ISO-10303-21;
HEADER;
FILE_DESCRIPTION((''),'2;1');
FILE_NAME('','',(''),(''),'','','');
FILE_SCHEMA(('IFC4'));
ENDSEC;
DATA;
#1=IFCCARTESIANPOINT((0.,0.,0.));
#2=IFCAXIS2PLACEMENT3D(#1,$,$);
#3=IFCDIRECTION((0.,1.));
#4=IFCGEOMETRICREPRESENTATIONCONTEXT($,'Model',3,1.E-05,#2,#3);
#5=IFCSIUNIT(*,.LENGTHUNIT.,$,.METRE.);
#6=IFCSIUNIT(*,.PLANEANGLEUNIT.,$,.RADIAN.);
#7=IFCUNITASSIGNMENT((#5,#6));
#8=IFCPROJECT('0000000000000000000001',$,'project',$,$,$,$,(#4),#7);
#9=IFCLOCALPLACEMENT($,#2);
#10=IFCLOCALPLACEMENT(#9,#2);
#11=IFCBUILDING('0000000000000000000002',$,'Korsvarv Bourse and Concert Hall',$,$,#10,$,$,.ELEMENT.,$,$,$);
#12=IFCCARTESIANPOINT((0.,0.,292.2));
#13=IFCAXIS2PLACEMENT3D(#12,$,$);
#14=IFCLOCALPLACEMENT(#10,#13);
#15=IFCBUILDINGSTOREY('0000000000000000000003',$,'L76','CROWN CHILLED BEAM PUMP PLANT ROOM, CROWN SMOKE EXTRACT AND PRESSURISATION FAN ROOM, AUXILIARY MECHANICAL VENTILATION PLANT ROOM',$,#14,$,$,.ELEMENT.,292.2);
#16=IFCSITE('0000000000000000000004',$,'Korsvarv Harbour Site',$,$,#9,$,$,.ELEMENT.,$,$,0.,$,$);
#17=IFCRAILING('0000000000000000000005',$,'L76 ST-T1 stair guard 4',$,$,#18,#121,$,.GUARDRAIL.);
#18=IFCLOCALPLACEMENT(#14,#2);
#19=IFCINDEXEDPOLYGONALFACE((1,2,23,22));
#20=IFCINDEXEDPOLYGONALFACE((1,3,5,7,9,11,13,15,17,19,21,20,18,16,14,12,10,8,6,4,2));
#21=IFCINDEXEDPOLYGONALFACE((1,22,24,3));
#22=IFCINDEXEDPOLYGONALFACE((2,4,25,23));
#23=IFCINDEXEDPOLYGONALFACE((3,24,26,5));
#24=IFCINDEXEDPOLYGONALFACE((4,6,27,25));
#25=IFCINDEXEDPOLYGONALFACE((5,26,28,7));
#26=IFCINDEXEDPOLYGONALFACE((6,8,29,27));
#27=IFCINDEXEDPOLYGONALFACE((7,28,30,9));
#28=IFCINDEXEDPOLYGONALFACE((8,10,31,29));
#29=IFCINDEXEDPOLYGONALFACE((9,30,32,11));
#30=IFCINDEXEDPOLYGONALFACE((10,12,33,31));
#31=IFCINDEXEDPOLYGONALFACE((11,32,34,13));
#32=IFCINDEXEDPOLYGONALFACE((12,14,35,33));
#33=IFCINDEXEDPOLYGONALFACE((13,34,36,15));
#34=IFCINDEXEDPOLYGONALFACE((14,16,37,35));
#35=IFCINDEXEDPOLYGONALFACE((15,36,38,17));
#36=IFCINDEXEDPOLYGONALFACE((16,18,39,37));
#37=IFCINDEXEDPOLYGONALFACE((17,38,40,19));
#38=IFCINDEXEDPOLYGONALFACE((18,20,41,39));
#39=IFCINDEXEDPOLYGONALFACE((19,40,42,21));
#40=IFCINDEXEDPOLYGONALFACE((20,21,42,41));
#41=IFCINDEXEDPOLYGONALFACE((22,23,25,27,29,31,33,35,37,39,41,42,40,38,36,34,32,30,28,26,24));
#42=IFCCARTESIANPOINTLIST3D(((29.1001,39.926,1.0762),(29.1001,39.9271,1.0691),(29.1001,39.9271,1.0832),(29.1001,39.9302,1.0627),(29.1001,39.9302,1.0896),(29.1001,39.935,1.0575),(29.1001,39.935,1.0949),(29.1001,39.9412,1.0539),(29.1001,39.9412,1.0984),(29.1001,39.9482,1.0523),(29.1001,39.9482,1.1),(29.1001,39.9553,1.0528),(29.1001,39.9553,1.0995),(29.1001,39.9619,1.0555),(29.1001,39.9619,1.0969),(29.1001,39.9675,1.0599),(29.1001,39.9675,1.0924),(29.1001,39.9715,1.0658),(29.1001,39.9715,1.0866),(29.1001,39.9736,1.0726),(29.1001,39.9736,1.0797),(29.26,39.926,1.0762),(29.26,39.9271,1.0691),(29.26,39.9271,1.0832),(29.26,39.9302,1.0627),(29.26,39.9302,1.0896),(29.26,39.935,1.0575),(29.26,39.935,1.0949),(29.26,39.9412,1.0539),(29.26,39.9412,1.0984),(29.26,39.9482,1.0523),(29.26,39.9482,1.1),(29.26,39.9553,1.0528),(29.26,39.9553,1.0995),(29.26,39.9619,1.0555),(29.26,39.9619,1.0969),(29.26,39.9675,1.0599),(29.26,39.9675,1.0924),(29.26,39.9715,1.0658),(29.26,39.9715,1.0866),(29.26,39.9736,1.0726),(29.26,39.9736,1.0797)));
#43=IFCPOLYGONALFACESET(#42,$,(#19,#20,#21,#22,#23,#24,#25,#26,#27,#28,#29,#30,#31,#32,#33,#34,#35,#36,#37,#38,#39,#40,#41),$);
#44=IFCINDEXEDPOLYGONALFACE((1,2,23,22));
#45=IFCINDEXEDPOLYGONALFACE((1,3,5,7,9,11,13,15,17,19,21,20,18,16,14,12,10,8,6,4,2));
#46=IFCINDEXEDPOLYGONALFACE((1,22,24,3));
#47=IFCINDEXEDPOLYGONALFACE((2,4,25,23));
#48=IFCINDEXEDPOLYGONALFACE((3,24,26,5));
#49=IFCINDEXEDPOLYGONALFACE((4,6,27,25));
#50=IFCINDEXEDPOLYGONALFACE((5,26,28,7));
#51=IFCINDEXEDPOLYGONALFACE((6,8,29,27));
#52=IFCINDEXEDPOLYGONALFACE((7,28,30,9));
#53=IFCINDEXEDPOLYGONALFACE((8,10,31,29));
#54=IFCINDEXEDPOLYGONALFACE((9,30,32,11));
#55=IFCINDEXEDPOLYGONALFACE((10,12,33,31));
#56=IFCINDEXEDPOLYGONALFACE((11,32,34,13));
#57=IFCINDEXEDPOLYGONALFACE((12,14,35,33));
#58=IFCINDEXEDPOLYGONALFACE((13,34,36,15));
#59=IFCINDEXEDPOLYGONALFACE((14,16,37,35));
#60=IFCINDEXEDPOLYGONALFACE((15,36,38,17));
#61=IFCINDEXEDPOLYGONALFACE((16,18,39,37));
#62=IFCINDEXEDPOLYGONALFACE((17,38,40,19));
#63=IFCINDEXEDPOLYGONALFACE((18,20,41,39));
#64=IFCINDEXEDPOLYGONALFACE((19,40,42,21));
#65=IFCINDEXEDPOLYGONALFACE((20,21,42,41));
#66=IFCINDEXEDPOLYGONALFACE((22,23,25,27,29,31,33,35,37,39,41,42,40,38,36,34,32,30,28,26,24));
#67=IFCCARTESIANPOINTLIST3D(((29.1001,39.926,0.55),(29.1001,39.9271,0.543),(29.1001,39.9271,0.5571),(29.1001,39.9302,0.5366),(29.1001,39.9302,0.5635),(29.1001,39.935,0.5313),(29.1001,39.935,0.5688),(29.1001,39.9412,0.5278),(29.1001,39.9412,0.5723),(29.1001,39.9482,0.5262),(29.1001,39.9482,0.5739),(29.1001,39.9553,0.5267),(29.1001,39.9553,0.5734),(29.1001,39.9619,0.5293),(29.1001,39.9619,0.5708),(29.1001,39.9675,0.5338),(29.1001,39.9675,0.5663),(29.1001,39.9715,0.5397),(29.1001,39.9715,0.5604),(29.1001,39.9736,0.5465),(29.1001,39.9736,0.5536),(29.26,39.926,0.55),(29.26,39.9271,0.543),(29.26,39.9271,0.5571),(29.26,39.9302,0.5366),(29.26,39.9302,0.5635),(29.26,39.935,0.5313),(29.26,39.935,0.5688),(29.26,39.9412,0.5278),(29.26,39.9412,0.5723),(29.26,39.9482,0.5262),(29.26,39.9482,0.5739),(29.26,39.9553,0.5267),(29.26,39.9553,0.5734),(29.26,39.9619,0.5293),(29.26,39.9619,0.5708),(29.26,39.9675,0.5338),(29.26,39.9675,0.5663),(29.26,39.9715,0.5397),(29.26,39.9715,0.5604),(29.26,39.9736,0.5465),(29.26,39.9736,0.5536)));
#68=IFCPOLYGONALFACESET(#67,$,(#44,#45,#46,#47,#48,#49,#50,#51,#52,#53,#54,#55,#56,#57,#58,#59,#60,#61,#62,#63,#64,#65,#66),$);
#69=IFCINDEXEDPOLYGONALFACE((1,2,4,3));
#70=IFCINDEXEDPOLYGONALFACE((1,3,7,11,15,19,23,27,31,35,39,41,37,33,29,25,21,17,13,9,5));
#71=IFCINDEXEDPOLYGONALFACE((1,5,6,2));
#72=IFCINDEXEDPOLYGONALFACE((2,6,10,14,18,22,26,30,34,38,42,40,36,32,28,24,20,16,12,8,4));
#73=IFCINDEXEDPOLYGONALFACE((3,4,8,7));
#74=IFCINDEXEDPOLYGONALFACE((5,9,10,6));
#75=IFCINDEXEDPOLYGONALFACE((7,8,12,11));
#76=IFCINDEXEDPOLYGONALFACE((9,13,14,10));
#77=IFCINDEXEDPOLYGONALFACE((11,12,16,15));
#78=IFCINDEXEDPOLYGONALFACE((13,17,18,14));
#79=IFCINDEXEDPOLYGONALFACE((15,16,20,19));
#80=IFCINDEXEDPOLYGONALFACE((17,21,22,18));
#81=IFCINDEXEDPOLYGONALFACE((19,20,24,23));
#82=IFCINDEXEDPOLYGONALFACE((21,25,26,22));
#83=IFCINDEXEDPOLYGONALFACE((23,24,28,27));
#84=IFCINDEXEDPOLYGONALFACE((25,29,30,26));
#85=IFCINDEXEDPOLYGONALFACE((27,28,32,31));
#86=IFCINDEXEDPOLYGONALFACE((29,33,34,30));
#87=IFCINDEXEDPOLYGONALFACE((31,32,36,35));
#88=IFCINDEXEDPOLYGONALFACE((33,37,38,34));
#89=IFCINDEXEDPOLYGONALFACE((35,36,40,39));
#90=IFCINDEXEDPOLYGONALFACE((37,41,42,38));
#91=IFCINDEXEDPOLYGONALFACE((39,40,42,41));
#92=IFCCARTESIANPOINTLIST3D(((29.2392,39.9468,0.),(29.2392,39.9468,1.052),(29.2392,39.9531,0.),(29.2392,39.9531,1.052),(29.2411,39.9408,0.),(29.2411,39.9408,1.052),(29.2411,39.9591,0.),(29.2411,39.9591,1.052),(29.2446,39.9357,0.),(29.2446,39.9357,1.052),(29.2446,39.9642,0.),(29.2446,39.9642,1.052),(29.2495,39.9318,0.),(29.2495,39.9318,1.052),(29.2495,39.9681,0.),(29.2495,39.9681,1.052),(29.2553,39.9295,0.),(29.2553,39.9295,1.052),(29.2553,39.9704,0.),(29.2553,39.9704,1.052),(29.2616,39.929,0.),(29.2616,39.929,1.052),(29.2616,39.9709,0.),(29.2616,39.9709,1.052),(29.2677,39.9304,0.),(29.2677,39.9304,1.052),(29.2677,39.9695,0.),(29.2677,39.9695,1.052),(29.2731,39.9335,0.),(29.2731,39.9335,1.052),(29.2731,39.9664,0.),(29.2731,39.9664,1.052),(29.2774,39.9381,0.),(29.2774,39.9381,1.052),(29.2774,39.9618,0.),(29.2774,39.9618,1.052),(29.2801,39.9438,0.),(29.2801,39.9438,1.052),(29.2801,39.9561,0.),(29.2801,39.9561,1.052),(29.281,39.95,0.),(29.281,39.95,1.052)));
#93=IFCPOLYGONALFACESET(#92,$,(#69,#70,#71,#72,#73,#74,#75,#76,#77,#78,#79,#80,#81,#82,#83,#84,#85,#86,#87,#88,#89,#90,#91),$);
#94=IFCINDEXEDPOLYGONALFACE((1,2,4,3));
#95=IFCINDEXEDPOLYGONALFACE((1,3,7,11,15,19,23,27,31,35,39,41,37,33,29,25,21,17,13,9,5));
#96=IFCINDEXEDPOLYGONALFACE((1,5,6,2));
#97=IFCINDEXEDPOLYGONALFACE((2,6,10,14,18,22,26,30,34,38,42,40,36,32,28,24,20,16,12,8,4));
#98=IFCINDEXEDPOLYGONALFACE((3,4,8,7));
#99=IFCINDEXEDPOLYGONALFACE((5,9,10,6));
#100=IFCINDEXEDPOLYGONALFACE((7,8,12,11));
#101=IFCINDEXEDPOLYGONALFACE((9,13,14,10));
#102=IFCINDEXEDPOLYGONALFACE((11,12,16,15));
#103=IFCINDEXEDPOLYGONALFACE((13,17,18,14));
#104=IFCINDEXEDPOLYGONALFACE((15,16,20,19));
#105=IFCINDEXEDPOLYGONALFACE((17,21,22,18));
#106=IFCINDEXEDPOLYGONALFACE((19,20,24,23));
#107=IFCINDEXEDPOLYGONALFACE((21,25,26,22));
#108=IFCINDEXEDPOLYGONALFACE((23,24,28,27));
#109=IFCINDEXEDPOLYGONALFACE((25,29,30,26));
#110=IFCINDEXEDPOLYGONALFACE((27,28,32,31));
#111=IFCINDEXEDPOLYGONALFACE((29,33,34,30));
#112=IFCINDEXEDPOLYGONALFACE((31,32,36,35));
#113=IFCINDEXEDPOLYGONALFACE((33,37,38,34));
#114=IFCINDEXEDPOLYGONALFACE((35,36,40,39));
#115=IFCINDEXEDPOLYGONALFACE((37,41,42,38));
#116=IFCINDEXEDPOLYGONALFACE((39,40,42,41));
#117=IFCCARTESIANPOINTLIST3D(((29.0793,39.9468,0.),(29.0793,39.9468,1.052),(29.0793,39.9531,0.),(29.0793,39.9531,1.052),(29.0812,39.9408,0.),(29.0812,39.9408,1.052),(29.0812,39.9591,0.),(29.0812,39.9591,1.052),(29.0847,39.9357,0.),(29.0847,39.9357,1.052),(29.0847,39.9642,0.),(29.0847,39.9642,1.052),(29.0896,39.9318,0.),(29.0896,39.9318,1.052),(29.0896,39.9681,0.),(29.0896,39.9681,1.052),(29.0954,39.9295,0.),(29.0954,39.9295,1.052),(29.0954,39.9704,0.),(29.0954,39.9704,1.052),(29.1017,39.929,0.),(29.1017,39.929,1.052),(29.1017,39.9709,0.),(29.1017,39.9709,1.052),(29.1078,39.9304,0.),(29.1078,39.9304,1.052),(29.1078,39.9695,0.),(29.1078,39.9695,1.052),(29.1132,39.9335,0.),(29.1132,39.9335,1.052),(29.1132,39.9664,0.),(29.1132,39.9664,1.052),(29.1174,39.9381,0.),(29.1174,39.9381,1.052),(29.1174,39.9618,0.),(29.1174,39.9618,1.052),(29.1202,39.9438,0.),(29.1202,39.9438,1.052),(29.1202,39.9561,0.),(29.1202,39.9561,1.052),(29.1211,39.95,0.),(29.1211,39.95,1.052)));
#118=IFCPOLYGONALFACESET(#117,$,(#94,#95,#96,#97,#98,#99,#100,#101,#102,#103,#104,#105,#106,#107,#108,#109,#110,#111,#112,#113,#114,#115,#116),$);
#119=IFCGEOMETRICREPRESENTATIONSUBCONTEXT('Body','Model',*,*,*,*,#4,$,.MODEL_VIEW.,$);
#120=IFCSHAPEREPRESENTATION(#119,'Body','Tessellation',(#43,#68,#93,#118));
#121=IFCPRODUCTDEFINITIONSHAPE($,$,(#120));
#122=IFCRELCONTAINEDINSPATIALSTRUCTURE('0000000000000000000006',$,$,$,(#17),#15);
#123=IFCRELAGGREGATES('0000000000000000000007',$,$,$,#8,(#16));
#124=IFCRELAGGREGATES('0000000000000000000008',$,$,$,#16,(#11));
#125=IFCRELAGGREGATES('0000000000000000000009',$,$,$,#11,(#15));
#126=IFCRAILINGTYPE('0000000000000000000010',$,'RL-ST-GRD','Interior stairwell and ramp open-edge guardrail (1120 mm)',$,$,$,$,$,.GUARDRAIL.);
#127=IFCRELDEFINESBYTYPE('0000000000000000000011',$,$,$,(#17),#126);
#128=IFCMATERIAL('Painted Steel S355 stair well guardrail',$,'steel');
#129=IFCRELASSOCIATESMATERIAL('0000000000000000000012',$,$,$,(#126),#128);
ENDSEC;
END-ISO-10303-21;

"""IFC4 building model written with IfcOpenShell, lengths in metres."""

from ifc_helpers import new_model, si_unit, direction, frame, origin, origin_2d, place, context, subcontext, project, spatial, circle, extrude, material, type_object, element, save


model = new_model("IFC4")

# Units and contexts
model_context = context("Model", 3, precision=1e-05, world=origin(), true_north=direction((0.0, 1.0)))
body_context = subcontext(model_context, "Body", "Model", "MODEL_VIEW")
ifc_project = project(units=[si_unit("LENGTHUNIT", "METRE"), si_unit("PLANEANGLEUNIT", "RADIAN")], contexts=[model_context])

# Site, building, storey
site_placement = place(None, origin())
site = spatial("IfcSite", under=ifc_project, at=site_placement, Name="Korsvarv Harbour Site", CompositionType="ELEMENT", RefElevation=0.0)
building_placement = place(site_placement, origin())
building = spatial("IfcBuilding", under=site, at=building_placement, Name="Korsvarv Bourse and Concert Hall", CompositionType="ELEMENT")
storey_placement = place(building_placement, frame((0.0, 0.0, 292.2)))
storey = spatial("IfcBuildingStorey", under=building, at=storey_placement, Name="L76", Description="CROWN CHILLED BEAM PUMP PLANT ROOM, CROWN SMOKE EXTRACT AND PRESSURISATION FAN ROOM, AUXILIARY MECHANICAL VENTILATION PLANT ROOM", CompositionType="ELEMENT", Elevation=292.2)

# Railing
ifc_material_1 = material(Name="Painted Steel S355 stair well guardrail", Category="steel")
railing_type_1 = type_object("IfcRailingType", Name="RL-ST-GRD", Description="Interior stairwell and ramp open-edge guardrail (1120 mm)", PredefinedType="GUARDRAIL", material=ifc_material_1)
railing_1_placement = place(storey_placement, frame((29.26, 39.95, 0.0)))
element("IfcRailing", 1, at=railing_1_placement, inside=storey, type_object=railing_type_1, Name="L76 ST-T1 stair guard 4", PredefinedType="GUARDRAIL", context=body_context, shape_type="SweptSolid", body=[
    extrude(circle(Radius=0.0239, at=origin_2d()), frame((0.0, 0.0, 1.0762), z_axis=(-1.0, 0.0, 0.0), x_axis=(0.0, -1.0, 0.0)), (0.0, 0.0, 1.0), 0.1599),
    extrude(circle(Radius=0.0239, at=origin_2d()), frame((0.0, 0.0, 0.55), z_axis=(-1.0, 0.0, 0.0), x_axis=(0.0, -1.0, 0.0)), (0.0, 0.0, 1.0), 0.1599),
    extrude(circle(Radius=0.021, at=origin_2d()), origin(), (0.0, 0.0, 1.0), 1.052),
    extrude(circle(Radius=0.021, at=origin_2d()), frame((-0.1599, 0.0, 0.0)), (0.0, 0.0, 1.0), 1.052),
])

save(model, "model.ifc")
